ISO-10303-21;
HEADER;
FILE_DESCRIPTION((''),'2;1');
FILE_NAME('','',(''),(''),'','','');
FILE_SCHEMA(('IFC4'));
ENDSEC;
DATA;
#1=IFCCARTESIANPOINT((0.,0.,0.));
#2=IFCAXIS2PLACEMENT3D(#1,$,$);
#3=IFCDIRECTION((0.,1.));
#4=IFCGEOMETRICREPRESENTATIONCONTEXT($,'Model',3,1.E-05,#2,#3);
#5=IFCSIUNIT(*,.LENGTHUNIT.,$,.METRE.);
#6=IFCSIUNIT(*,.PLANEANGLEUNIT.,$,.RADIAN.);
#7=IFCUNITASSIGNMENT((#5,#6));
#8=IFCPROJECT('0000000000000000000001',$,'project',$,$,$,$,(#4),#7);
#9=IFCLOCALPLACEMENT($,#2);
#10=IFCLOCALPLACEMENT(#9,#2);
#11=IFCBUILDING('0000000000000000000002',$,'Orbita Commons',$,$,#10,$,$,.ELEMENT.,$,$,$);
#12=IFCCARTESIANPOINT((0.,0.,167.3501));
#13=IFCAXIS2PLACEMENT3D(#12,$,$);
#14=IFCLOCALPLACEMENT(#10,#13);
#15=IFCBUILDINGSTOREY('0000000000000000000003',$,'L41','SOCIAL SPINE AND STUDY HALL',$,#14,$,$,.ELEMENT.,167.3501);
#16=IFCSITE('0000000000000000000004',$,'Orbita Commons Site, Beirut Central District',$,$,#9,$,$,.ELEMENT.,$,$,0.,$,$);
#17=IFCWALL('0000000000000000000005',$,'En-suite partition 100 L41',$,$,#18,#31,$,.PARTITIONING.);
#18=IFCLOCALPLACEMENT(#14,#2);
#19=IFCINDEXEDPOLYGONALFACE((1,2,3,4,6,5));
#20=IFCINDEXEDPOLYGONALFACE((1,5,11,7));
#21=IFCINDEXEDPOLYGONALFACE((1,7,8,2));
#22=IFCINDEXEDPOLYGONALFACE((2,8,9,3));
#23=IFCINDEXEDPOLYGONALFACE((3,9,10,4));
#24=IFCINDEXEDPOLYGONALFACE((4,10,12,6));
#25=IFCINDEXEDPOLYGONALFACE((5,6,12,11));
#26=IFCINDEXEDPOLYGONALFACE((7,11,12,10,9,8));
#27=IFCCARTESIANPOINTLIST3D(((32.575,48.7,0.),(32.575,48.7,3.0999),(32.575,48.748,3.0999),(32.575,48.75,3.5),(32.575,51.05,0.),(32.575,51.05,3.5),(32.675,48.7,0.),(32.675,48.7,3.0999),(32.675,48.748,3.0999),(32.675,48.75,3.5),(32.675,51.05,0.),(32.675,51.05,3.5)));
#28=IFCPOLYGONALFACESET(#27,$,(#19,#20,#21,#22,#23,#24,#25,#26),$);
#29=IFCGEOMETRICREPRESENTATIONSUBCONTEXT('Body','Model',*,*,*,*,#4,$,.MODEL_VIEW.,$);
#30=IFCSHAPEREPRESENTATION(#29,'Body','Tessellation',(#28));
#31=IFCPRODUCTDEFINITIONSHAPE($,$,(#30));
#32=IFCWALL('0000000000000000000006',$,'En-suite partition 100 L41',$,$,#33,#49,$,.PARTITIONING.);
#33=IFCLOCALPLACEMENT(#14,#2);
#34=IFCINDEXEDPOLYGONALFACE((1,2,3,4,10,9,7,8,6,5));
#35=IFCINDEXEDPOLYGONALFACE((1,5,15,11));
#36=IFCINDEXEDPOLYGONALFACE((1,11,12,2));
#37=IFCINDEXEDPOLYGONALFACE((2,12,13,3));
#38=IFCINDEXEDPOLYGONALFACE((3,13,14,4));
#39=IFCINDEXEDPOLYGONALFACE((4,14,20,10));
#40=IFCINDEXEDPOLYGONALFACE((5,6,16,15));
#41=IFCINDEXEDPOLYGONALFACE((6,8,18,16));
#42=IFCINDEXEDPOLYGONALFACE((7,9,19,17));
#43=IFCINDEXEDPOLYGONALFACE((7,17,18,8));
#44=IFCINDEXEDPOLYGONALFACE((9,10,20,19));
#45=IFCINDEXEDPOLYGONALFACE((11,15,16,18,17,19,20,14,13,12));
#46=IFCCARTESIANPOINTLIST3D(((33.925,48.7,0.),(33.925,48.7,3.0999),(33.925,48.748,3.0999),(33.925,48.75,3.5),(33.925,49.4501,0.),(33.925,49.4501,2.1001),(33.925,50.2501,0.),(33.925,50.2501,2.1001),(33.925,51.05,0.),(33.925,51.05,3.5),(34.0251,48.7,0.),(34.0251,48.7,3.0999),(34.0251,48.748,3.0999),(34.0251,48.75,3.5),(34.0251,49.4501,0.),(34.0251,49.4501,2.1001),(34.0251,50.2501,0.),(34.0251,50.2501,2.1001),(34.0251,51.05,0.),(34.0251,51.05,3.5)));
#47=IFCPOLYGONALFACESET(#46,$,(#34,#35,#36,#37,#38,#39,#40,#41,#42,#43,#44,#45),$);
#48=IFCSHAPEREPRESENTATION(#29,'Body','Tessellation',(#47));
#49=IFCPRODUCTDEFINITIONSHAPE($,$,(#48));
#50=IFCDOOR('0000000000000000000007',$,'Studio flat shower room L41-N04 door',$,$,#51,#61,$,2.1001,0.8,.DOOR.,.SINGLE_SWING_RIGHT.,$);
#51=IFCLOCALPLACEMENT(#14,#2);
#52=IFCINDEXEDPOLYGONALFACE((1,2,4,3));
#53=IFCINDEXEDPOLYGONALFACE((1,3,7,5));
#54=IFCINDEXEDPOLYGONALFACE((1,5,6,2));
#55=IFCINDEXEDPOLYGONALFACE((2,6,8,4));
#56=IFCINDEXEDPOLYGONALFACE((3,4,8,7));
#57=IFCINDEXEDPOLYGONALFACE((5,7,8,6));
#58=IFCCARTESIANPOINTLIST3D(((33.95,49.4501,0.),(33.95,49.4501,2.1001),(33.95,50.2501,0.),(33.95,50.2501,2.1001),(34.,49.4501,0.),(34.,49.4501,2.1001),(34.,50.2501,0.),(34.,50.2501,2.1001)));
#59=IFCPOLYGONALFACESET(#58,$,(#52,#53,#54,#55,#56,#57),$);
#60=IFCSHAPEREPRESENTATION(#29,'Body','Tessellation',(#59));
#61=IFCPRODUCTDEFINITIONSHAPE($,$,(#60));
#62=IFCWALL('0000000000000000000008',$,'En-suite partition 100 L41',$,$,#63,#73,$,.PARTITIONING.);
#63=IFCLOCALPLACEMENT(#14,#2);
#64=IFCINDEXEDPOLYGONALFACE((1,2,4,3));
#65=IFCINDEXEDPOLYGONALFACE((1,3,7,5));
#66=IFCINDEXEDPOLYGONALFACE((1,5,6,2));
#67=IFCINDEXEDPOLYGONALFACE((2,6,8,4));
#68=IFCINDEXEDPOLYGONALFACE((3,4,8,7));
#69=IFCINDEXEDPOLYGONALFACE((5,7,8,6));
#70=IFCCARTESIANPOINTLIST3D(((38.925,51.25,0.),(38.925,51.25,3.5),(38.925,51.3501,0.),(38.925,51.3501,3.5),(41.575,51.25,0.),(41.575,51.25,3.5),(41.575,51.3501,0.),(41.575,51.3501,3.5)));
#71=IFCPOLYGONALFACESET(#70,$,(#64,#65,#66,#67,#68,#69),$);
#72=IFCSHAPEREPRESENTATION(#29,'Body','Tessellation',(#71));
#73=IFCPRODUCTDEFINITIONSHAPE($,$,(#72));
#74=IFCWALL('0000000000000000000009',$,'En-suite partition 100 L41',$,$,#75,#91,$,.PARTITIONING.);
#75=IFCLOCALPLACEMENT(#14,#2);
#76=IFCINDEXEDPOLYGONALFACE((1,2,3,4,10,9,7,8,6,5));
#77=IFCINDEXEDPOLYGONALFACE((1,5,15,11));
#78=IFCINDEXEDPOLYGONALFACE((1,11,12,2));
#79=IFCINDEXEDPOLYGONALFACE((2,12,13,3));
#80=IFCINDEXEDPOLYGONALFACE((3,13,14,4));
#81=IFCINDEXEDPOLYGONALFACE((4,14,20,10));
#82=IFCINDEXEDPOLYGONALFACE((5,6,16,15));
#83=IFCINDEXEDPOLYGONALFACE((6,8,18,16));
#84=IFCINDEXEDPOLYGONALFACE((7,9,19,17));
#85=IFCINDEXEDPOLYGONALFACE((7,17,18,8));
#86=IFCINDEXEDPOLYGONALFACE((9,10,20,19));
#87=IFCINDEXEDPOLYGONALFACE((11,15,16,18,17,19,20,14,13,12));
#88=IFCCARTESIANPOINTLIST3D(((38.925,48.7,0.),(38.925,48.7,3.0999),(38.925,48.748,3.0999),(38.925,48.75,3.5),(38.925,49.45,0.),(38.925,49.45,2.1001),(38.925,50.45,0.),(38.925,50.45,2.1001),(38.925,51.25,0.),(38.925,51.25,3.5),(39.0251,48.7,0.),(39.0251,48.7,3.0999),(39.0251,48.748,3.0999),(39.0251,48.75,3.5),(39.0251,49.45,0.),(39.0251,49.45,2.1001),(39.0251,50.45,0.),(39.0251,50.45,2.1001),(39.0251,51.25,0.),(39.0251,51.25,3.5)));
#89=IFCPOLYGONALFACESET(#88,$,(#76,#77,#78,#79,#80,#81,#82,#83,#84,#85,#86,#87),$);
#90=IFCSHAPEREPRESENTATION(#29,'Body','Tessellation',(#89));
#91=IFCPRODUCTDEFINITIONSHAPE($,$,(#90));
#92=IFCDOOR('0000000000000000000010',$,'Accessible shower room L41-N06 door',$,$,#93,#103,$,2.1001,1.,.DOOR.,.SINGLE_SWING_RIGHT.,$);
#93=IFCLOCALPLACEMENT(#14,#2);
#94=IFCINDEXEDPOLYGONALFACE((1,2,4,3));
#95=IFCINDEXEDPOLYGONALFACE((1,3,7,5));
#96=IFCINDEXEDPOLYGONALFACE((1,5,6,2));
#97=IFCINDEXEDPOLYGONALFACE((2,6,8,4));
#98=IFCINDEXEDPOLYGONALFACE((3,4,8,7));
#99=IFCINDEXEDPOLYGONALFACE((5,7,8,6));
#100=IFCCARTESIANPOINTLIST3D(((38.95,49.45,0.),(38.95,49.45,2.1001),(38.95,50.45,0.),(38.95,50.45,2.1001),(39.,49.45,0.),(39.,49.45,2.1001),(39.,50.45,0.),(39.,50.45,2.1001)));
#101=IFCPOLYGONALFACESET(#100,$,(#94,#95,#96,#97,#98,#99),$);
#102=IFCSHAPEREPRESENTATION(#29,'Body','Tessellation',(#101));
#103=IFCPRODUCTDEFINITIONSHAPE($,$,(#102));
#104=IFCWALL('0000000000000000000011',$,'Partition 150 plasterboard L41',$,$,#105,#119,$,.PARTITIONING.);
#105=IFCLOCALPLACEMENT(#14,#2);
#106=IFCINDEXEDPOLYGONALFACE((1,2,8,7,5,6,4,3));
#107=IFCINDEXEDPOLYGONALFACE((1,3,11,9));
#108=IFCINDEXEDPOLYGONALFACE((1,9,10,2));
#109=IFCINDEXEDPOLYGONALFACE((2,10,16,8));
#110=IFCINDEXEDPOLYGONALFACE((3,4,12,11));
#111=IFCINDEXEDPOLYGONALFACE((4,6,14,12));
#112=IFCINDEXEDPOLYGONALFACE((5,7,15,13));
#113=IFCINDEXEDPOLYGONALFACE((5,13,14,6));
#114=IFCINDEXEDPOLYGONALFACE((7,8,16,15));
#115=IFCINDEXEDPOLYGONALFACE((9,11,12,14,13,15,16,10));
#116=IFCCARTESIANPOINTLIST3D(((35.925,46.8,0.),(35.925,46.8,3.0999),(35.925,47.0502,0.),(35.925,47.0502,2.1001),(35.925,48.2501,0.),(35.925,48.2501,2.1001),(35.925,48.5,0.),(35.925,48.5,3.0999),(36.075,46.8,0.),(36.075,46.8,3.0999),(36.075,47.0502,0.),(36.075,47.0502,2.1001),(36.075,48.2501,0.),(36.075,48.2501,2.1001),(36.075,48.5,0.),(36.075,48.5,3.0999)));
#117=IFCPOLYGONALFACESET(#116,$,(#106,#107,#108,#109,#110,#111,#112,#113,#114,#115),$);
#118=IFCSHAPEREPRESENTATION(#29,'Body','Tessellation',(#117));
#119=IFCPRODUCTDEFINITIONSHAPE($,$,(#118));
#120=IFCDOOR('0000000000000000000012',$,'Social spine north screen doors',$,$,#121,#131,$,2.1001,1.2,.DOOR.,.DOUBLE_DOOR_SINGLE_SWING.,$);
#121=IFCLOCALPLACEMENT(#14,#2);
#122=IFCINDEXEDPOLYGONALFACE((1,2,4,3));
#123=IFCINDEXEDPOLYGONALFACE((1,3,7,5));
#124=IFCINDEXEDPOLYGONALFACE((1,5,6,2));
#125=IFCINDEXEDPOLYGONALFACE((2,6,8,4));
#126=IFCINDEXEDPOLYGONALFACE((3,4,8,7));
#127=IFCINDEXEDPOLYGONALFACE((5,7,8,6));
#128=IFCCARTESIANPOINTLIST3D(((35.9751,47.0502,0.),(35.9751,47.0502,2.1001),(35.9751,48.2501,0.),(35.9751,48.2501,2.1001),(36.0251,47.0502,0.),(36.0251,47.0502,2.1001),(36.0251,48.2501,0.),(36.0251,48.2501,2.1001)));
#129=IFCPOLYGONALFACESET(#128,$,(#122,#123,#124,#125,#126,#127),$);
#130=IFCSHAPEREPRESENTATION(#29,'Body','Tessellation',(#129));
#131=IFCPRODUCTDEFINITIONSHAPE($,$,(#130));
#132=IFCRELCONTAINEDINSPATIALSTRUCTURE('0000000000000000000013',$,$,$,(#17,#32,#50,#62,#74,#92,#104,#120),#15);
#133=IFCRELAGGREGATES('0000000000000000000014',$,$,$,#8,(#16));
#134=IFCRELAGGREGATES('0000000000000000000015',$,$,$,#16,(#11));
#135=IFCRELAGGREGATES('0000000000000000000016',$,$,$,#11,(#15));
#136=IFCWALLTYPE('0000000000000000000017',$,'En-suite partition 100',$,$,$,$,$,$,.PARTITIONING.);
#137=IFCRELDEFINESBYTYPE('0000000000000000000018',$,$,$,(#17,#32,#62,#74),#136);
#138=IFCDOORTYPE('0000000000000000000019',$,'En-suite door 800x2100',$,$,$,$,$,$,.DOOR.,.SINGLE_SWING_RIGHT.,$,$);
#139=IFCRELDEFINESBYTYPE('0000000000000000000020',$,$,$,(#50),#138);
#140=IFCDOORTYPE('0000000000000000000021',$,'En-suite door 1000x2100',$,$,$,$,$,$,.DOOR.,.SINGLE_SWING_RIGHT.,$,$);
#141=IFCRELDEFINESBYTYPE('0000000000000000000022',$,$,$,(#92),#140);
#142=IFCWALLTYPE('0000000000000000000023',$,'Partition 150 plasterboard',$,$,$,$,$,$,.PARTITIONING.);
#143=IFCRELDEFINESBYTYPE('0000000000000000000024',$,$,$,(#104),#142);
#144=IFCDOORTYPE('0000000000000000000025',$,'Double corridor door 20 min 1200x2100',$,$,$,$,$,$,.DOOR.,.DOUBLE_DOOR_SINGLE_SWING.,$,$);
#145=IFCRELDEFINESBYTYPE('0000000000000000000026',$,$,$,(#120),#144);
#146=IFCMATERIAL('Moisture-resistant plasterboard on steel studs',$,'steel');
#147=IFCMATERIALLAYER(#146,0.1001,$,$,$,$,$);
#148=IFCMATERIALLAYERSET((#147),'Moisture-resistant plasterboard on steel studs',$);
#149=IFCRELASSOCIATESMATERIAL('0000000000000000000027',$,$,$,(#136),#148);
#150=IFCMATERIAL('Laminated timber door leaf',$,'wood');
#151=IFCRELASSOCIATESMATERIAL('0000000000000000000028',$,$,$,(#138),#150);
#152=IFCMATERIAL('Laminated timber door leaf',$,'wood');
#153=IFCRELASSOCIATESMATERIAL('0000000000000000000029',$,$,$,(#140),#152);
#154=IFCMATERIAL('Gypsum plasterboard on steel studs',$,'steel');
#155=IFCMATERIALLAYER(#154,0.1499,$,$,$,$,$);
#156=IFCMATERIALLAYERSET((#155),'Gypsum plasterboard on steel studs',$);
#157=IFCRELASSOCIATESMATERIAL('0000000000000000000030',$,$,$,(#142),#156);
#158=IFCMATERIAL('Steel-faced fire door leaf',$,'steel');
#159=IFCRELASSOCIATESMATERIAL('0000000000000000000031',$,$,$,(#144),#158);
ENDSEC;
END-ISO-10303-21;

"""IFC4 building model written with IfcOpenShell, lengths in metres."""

from ifc_helpers import new_model, si_unit, direction, frame, frame_2d, origin, place, context, subcontext, project, spatial, polyline, rectangle, outline, extrude, material, layer, layer_set, type_object, element, fill, save


model = new_model("IFC4")

# Units and contexts
model_context = context("Model", 3, precision=1e-05, world=origin(), true_north=direction((0.0, 1.0)))
body_context = subcontext(model_context, "Body", "Model", "MODEL_VIEW")
ifc_project = project(units=[si_unit("LENGTHUNIT", "METRE"), si_unit("PLANEANGLEUNIT", "RADIAN")], contexts=[model_context])

# Site, building, storey
site_placement = place(None, origin())
site = spatial("IfcSite", under=ifc_project, at=site_placement, Name="Orbita Commons Site, Beirut Central District", CompositionType="ELEMENT", RefElevation=0.0)
building_placement = place(site_placement, origin())
building = spatial("IfcBuilding", under=site, at=building_placement, Name="Orbita Commons", CompositionType="ELEMENT")
storey_placement = place(building_placement, frame((0.0, 0.0, 167.3501)))
storey = spatial("IfcBuildingStorey", under=building, at=storey_placement, Name="L41", Description="SOCIAL SPINE AND STUDY HALL", CompositionType="ELEMENT", Elevation=167.3501)

# Shared definitions
ifc_material_1 = material(Name="Moisture-resistant plasterboard on steel studs", Category="steel")
ifc_layer_1 = layer(ifc_material_1, 0.1001)
ifc_layer_set_1 = layer_set([ifc_layer_1], Name="Moisture-resistant plasterboard on steel studs")
wall_type_1 = type_object("IfcWallType", Name="En-suite partition 100", PredefinedType="PARTITIONING", material=ifc_layer_set_1)

# Shared definitions
ifc_material_2 = material(Name="Laminated timber door leaf", Category="wood")
door_type_1 = type_object("IfcDoorType", Name="En-suite door 800x2100", OperationType="SINGLE_SWING_RIGHT", PredefinedType="DOOR", material=ifc_material_2)

# Wall
wall_1_placement = place(storey_placement, frame((32.625, 51.05, 0.0), z_axis=(0.0, 0.0, 1.0), x_axis=(0.0, -1.0, 0.0)))
element("IfcWall", 1, at=wall_1_placement, inside=storey, type_object=wall_type_1, Name="En-suite partition 100 L41", PredefinedType="PARTITIONING", context=body_context, shape_type="SweptSolid", body=[
    extrude(outline(polyline([(0.0, 0.0), (2.3501, 0.0), (2.3501, 3.0999), (2.302, 3.0999), (2.3, 3.5), (0.0, 3.5), (0.0, 0.0)])), frame((0.0, 0.05, 0.0), z_axis=(0.0, -1.0, 0.0), x_axis=(1.0, 0.0, 0.0)), (0.0, 0.0, 1.0), 0.1001),
])

# Wall, opening, door
wall_2_placement = place(storey_placement, frame((33.9751, 51.05, 0.0), z_axis=(0.0, 0.0, 1.0), x_axis=(0.0, -1.0, 0.0)))
wall_2 = element("IfcWall", 2, at=wall_2_placement, inside=storey, type_object=wall_type_1, Name="En-suite partition 100 L41", PredefinedType="PARTITIONING", context=body_context, shape_type="SweptSolid", body=[
    extrude(outline(polyline([(0.0, 0.0), (2.3501, 0.0), (2.3501, 3.0999), (2.302, 3.0999), (2.3, 3.5), (0.0, 3.5), (0.0, 0.0)])), frame((0.0, 0.05, 0.0), z_axis=(0.0, -1.0, 0.0), x_axis=(1.0, 0.0, 0.0)), (0.0, 0.0, 1.0), 0.1001),
])
opening_1_placement = place(wall_2_placement, frame((0.8, 0.0, 0.0)))
opening_1 = element("IfcOpeningElement", 3, at=opening_1_placement, cuts=wall_2, PredefinedType="OPENING", context=body_context, shape_type="SweptSolid", body=[
    extrude(rectangle(XDim=0.8, YDim=2.1001, at=frame_2d((0.3999, 1.05))), frame((0.0, 0.0601, 0.0), z_axis=(0.0, -1.0, 0.0), x_axis=(1.0, 0.0, 0.0)), (0.0, 0.0, 1.0), 0.1201),
])
door_1_placement = place(opening_1_placement, origin())
door_1 = element("IfcDoor", 4, at=door_1_placement, inside=storey, type_object=door_type_1, Name="Studio flat shower room L41-N04 door", OperationType="SINGLE_SWING_RIGHT", OverallHeight=2.1001, OverallWidth=0.8, PredefinedType="DOOR", context=body_context, shape_type="SweptSolid", body=[
    extrude(rectangle(XDim=0.8, YDim=2.1001, at=frame_2d((0.3999, 1.05))), frame((0.0, 0.0249, 0.0), z_axis=(0.0, -1.0, 0.0), x_axis=(1.0, 0.0, 0.0)), (0.0, 0.0, 1.0), 0.05),
])
fill(opening_1, door_1)

# Wall
wall_3_placement = place(storey_placement, frame((38.925, 51.3, 0.0), z_axis=(0.0, 0.0, 1.0), x_axis=(1.0, 0.0, 0.0)))
element("IfcWall", 5, at=wall_3_placement, inside=storey, type_object=wall_type_1, Name="En-suite partition 100 L41", PredefinedType="PARTITIONING", context=body_context, shape_type="SweptSolid", body=[
    extrude(rectangle(XDim=2.6499, YDim=0.1001, at=frame_2d((1.325, 0.0))), origin(), (0.0, 0.0, 1.0), 3.5),
])

# Walls, openings, doors
wall_4_placement = place(storey_placement, frame((38.9751, 51.25, 0.0), z_axis=(0.0, 0.0, 1.0), x_axis=(0.0, -1.0, 0.0)))
wall_4 = element("IfcWall", 6, at=wall_4_placement, inside=storey, type_object=wall_type_1, Name="En-suite partition 100 L41", PredefinedType="PARTITIONING", context=body_context, shape_type="SweptSolid", body=[
    extrude(outline(polyline([(0.0, 0.0), (2.55, 0.0), (2.55, 3.0999), (2.502, 3.0999), (2.5, 3.5), (0.0, 3.5), (0.0, 0.0)])), frame((0.0, 0.05, 0.0), z_axis=(0.0, -1.0, 0.0), x_axis=(1.0, 0.0, 0.0)), (0.0, 0.0, 1.0), 0.1001),
])
opening_2_placement = place(wall_4_placement, frame((0.8, 0.0, 0.0)))
opening_2 = element("IfcOpeningElement", 7, at=opening_2_placement, cuts=wall_4, PredefinedType="OPENING", context=body_context, shape_type="SweptSolid", body=[
    extrude(rectangle(XDim=1.0, YDim=2.1001, at=frame_2d((0.5, 1.05))), frame((0.0, 0.0601, 0.0), z_axis=(0.0, -1.0, 0.0), x_axis=(1.0, 0.0, 0.0)), (0.0, 0.0, 1.0), 0.1201),
])
ifc_material_3 = material(Name="Laminated timber door leaf", Category="wood")
door_type_2 = type_object("IfcDoorType", Name="En-suite door 1000x2100", OperationType="SINGLE_SWING_RIGHT", PredefinedType="DOOR", material=ifc_material_3)
door_2_placement = place(opening_2_placement, origin())
door_2 = element("IfcDoor", 8, at=door_2_placement, inside=storey, type_object=door_type_2, Name="Accessible shower room L41-N06 door", OperationType="SINGLE_SWING_RIGHT", OverallHeight=2.1001, OverallWidth=1.0, PredefinedType="DOOR", context=body_context, shape_type="SweptSolid", body=[
    extrude(rectangle(XDim=1.0, YDim=2.1001, at=frame_2d((0.5, 1.05))), frame((0.0, 0.0249, 0.0), z_axis=(0.0, -1.0, 0.0), x_axis=(1.0, 0.0, 0.0)), (0.0, 0.0, 1.0), 0.05),
])
fill(opening_2, door_2)
ifc_material_4 = material(Name="Gypsum plasterboard on steel studs", Category="steel")
ifc_layer_2 = layer(ifc_material_4, 0.1499)
ifc_layer_set_2 = layer_set([ifc_layer_2], Name="Gypsum plasterboard on steel studs")
wall_type_2 = type_object("IfcWallType", Name="Partition 150 plasterboard", PredefinedType="PARTITIONING", material=ifc_layer_set_2)
wall_5_placement = place(storey_placement, frame((36.0, 46.8, 0.0), z_axis=(0.0, 0.0, 1.0), x_axis=(0.0, 1.0, 0.0)))
wall_5 = element("IfcWall", 9, at=wall_5_placement, inside=storey, type_object=wall_type_2, Name="Partition 150 plasterboard L41", PredefinedType="PARTITIONING", context=body_context, shape_type="SweptSolid", body=[
    extrude(outline(polyline([(0.0, 0.0), (1.7, 0.0), (1.7, 3.0999), (0.0, 3.0999), (0.0, 0.0)])), frame((0.0, 0.075, 0.0), z_axis=(0.0, -1.0, 0.0), x_axis=(1.0, 0.0, 0.0)), (0.0, 0.0, 1.0), 0.1499),
])
opening_3_placement = place(wall_5_placement, frame((0.25, 0.0, 0.0)))
opening_3 = element("IfcOpeningElement", 10, at=opening_3_placement, cuts=wall_5, PredefinedType="OPENING", context=body_context, shape_type="SweptSolid", body=[
    extrude(rectangle(XDim=1.2, YDim=2.1001, at=frame_2d((0.6001, 1.05))), frame((0.0, 0.085, 0.0), z_axis=(0.0, -1.0, 0.0), x_axis=(1.0, 0.0, 0.0)), (0.0, 0.0, 1.0), 0.1699),
])
ifc_material_5 = material(Name="Steel-faced fire door leaf", Category="steel")
door_type_3 = type_object("IfcDoorType", Name="Double corridor door 20 min 1200x2100", OperationType="DOUBLE_DOOR_SINGLE_SWING", PredefinedType="DOOR", material=ifc_material_5)
door_3_placement = place(opening_3_placement, origin())
door_3 = element("IfcDoor", 11, at=door_3_placement, inside=storey, type_object=door_type_3, Name="Social spine north screen doors", OperationType="DOUBLE_DOOR_SINGLE_SWING", OverallHeight=2.1001, OverallWidth=1.2, PredefinedType="DOOR", context=body_context, shape_type="SweptSolid", body=[
    extrude(rectangle(XDim=1.2, YDim=2.1001, at=frame_2d((0.6001, 1.05))), frame((0.0, 0.0249, 0.0), z_axis=(0.0, -1.0, 0.0), x_axis=(1.0, 0.0, 0.0)), (0.0, 0.0, 1.0), 0.05),
])
fill(opening_3, door_3)

save(model, "model.ifc")
